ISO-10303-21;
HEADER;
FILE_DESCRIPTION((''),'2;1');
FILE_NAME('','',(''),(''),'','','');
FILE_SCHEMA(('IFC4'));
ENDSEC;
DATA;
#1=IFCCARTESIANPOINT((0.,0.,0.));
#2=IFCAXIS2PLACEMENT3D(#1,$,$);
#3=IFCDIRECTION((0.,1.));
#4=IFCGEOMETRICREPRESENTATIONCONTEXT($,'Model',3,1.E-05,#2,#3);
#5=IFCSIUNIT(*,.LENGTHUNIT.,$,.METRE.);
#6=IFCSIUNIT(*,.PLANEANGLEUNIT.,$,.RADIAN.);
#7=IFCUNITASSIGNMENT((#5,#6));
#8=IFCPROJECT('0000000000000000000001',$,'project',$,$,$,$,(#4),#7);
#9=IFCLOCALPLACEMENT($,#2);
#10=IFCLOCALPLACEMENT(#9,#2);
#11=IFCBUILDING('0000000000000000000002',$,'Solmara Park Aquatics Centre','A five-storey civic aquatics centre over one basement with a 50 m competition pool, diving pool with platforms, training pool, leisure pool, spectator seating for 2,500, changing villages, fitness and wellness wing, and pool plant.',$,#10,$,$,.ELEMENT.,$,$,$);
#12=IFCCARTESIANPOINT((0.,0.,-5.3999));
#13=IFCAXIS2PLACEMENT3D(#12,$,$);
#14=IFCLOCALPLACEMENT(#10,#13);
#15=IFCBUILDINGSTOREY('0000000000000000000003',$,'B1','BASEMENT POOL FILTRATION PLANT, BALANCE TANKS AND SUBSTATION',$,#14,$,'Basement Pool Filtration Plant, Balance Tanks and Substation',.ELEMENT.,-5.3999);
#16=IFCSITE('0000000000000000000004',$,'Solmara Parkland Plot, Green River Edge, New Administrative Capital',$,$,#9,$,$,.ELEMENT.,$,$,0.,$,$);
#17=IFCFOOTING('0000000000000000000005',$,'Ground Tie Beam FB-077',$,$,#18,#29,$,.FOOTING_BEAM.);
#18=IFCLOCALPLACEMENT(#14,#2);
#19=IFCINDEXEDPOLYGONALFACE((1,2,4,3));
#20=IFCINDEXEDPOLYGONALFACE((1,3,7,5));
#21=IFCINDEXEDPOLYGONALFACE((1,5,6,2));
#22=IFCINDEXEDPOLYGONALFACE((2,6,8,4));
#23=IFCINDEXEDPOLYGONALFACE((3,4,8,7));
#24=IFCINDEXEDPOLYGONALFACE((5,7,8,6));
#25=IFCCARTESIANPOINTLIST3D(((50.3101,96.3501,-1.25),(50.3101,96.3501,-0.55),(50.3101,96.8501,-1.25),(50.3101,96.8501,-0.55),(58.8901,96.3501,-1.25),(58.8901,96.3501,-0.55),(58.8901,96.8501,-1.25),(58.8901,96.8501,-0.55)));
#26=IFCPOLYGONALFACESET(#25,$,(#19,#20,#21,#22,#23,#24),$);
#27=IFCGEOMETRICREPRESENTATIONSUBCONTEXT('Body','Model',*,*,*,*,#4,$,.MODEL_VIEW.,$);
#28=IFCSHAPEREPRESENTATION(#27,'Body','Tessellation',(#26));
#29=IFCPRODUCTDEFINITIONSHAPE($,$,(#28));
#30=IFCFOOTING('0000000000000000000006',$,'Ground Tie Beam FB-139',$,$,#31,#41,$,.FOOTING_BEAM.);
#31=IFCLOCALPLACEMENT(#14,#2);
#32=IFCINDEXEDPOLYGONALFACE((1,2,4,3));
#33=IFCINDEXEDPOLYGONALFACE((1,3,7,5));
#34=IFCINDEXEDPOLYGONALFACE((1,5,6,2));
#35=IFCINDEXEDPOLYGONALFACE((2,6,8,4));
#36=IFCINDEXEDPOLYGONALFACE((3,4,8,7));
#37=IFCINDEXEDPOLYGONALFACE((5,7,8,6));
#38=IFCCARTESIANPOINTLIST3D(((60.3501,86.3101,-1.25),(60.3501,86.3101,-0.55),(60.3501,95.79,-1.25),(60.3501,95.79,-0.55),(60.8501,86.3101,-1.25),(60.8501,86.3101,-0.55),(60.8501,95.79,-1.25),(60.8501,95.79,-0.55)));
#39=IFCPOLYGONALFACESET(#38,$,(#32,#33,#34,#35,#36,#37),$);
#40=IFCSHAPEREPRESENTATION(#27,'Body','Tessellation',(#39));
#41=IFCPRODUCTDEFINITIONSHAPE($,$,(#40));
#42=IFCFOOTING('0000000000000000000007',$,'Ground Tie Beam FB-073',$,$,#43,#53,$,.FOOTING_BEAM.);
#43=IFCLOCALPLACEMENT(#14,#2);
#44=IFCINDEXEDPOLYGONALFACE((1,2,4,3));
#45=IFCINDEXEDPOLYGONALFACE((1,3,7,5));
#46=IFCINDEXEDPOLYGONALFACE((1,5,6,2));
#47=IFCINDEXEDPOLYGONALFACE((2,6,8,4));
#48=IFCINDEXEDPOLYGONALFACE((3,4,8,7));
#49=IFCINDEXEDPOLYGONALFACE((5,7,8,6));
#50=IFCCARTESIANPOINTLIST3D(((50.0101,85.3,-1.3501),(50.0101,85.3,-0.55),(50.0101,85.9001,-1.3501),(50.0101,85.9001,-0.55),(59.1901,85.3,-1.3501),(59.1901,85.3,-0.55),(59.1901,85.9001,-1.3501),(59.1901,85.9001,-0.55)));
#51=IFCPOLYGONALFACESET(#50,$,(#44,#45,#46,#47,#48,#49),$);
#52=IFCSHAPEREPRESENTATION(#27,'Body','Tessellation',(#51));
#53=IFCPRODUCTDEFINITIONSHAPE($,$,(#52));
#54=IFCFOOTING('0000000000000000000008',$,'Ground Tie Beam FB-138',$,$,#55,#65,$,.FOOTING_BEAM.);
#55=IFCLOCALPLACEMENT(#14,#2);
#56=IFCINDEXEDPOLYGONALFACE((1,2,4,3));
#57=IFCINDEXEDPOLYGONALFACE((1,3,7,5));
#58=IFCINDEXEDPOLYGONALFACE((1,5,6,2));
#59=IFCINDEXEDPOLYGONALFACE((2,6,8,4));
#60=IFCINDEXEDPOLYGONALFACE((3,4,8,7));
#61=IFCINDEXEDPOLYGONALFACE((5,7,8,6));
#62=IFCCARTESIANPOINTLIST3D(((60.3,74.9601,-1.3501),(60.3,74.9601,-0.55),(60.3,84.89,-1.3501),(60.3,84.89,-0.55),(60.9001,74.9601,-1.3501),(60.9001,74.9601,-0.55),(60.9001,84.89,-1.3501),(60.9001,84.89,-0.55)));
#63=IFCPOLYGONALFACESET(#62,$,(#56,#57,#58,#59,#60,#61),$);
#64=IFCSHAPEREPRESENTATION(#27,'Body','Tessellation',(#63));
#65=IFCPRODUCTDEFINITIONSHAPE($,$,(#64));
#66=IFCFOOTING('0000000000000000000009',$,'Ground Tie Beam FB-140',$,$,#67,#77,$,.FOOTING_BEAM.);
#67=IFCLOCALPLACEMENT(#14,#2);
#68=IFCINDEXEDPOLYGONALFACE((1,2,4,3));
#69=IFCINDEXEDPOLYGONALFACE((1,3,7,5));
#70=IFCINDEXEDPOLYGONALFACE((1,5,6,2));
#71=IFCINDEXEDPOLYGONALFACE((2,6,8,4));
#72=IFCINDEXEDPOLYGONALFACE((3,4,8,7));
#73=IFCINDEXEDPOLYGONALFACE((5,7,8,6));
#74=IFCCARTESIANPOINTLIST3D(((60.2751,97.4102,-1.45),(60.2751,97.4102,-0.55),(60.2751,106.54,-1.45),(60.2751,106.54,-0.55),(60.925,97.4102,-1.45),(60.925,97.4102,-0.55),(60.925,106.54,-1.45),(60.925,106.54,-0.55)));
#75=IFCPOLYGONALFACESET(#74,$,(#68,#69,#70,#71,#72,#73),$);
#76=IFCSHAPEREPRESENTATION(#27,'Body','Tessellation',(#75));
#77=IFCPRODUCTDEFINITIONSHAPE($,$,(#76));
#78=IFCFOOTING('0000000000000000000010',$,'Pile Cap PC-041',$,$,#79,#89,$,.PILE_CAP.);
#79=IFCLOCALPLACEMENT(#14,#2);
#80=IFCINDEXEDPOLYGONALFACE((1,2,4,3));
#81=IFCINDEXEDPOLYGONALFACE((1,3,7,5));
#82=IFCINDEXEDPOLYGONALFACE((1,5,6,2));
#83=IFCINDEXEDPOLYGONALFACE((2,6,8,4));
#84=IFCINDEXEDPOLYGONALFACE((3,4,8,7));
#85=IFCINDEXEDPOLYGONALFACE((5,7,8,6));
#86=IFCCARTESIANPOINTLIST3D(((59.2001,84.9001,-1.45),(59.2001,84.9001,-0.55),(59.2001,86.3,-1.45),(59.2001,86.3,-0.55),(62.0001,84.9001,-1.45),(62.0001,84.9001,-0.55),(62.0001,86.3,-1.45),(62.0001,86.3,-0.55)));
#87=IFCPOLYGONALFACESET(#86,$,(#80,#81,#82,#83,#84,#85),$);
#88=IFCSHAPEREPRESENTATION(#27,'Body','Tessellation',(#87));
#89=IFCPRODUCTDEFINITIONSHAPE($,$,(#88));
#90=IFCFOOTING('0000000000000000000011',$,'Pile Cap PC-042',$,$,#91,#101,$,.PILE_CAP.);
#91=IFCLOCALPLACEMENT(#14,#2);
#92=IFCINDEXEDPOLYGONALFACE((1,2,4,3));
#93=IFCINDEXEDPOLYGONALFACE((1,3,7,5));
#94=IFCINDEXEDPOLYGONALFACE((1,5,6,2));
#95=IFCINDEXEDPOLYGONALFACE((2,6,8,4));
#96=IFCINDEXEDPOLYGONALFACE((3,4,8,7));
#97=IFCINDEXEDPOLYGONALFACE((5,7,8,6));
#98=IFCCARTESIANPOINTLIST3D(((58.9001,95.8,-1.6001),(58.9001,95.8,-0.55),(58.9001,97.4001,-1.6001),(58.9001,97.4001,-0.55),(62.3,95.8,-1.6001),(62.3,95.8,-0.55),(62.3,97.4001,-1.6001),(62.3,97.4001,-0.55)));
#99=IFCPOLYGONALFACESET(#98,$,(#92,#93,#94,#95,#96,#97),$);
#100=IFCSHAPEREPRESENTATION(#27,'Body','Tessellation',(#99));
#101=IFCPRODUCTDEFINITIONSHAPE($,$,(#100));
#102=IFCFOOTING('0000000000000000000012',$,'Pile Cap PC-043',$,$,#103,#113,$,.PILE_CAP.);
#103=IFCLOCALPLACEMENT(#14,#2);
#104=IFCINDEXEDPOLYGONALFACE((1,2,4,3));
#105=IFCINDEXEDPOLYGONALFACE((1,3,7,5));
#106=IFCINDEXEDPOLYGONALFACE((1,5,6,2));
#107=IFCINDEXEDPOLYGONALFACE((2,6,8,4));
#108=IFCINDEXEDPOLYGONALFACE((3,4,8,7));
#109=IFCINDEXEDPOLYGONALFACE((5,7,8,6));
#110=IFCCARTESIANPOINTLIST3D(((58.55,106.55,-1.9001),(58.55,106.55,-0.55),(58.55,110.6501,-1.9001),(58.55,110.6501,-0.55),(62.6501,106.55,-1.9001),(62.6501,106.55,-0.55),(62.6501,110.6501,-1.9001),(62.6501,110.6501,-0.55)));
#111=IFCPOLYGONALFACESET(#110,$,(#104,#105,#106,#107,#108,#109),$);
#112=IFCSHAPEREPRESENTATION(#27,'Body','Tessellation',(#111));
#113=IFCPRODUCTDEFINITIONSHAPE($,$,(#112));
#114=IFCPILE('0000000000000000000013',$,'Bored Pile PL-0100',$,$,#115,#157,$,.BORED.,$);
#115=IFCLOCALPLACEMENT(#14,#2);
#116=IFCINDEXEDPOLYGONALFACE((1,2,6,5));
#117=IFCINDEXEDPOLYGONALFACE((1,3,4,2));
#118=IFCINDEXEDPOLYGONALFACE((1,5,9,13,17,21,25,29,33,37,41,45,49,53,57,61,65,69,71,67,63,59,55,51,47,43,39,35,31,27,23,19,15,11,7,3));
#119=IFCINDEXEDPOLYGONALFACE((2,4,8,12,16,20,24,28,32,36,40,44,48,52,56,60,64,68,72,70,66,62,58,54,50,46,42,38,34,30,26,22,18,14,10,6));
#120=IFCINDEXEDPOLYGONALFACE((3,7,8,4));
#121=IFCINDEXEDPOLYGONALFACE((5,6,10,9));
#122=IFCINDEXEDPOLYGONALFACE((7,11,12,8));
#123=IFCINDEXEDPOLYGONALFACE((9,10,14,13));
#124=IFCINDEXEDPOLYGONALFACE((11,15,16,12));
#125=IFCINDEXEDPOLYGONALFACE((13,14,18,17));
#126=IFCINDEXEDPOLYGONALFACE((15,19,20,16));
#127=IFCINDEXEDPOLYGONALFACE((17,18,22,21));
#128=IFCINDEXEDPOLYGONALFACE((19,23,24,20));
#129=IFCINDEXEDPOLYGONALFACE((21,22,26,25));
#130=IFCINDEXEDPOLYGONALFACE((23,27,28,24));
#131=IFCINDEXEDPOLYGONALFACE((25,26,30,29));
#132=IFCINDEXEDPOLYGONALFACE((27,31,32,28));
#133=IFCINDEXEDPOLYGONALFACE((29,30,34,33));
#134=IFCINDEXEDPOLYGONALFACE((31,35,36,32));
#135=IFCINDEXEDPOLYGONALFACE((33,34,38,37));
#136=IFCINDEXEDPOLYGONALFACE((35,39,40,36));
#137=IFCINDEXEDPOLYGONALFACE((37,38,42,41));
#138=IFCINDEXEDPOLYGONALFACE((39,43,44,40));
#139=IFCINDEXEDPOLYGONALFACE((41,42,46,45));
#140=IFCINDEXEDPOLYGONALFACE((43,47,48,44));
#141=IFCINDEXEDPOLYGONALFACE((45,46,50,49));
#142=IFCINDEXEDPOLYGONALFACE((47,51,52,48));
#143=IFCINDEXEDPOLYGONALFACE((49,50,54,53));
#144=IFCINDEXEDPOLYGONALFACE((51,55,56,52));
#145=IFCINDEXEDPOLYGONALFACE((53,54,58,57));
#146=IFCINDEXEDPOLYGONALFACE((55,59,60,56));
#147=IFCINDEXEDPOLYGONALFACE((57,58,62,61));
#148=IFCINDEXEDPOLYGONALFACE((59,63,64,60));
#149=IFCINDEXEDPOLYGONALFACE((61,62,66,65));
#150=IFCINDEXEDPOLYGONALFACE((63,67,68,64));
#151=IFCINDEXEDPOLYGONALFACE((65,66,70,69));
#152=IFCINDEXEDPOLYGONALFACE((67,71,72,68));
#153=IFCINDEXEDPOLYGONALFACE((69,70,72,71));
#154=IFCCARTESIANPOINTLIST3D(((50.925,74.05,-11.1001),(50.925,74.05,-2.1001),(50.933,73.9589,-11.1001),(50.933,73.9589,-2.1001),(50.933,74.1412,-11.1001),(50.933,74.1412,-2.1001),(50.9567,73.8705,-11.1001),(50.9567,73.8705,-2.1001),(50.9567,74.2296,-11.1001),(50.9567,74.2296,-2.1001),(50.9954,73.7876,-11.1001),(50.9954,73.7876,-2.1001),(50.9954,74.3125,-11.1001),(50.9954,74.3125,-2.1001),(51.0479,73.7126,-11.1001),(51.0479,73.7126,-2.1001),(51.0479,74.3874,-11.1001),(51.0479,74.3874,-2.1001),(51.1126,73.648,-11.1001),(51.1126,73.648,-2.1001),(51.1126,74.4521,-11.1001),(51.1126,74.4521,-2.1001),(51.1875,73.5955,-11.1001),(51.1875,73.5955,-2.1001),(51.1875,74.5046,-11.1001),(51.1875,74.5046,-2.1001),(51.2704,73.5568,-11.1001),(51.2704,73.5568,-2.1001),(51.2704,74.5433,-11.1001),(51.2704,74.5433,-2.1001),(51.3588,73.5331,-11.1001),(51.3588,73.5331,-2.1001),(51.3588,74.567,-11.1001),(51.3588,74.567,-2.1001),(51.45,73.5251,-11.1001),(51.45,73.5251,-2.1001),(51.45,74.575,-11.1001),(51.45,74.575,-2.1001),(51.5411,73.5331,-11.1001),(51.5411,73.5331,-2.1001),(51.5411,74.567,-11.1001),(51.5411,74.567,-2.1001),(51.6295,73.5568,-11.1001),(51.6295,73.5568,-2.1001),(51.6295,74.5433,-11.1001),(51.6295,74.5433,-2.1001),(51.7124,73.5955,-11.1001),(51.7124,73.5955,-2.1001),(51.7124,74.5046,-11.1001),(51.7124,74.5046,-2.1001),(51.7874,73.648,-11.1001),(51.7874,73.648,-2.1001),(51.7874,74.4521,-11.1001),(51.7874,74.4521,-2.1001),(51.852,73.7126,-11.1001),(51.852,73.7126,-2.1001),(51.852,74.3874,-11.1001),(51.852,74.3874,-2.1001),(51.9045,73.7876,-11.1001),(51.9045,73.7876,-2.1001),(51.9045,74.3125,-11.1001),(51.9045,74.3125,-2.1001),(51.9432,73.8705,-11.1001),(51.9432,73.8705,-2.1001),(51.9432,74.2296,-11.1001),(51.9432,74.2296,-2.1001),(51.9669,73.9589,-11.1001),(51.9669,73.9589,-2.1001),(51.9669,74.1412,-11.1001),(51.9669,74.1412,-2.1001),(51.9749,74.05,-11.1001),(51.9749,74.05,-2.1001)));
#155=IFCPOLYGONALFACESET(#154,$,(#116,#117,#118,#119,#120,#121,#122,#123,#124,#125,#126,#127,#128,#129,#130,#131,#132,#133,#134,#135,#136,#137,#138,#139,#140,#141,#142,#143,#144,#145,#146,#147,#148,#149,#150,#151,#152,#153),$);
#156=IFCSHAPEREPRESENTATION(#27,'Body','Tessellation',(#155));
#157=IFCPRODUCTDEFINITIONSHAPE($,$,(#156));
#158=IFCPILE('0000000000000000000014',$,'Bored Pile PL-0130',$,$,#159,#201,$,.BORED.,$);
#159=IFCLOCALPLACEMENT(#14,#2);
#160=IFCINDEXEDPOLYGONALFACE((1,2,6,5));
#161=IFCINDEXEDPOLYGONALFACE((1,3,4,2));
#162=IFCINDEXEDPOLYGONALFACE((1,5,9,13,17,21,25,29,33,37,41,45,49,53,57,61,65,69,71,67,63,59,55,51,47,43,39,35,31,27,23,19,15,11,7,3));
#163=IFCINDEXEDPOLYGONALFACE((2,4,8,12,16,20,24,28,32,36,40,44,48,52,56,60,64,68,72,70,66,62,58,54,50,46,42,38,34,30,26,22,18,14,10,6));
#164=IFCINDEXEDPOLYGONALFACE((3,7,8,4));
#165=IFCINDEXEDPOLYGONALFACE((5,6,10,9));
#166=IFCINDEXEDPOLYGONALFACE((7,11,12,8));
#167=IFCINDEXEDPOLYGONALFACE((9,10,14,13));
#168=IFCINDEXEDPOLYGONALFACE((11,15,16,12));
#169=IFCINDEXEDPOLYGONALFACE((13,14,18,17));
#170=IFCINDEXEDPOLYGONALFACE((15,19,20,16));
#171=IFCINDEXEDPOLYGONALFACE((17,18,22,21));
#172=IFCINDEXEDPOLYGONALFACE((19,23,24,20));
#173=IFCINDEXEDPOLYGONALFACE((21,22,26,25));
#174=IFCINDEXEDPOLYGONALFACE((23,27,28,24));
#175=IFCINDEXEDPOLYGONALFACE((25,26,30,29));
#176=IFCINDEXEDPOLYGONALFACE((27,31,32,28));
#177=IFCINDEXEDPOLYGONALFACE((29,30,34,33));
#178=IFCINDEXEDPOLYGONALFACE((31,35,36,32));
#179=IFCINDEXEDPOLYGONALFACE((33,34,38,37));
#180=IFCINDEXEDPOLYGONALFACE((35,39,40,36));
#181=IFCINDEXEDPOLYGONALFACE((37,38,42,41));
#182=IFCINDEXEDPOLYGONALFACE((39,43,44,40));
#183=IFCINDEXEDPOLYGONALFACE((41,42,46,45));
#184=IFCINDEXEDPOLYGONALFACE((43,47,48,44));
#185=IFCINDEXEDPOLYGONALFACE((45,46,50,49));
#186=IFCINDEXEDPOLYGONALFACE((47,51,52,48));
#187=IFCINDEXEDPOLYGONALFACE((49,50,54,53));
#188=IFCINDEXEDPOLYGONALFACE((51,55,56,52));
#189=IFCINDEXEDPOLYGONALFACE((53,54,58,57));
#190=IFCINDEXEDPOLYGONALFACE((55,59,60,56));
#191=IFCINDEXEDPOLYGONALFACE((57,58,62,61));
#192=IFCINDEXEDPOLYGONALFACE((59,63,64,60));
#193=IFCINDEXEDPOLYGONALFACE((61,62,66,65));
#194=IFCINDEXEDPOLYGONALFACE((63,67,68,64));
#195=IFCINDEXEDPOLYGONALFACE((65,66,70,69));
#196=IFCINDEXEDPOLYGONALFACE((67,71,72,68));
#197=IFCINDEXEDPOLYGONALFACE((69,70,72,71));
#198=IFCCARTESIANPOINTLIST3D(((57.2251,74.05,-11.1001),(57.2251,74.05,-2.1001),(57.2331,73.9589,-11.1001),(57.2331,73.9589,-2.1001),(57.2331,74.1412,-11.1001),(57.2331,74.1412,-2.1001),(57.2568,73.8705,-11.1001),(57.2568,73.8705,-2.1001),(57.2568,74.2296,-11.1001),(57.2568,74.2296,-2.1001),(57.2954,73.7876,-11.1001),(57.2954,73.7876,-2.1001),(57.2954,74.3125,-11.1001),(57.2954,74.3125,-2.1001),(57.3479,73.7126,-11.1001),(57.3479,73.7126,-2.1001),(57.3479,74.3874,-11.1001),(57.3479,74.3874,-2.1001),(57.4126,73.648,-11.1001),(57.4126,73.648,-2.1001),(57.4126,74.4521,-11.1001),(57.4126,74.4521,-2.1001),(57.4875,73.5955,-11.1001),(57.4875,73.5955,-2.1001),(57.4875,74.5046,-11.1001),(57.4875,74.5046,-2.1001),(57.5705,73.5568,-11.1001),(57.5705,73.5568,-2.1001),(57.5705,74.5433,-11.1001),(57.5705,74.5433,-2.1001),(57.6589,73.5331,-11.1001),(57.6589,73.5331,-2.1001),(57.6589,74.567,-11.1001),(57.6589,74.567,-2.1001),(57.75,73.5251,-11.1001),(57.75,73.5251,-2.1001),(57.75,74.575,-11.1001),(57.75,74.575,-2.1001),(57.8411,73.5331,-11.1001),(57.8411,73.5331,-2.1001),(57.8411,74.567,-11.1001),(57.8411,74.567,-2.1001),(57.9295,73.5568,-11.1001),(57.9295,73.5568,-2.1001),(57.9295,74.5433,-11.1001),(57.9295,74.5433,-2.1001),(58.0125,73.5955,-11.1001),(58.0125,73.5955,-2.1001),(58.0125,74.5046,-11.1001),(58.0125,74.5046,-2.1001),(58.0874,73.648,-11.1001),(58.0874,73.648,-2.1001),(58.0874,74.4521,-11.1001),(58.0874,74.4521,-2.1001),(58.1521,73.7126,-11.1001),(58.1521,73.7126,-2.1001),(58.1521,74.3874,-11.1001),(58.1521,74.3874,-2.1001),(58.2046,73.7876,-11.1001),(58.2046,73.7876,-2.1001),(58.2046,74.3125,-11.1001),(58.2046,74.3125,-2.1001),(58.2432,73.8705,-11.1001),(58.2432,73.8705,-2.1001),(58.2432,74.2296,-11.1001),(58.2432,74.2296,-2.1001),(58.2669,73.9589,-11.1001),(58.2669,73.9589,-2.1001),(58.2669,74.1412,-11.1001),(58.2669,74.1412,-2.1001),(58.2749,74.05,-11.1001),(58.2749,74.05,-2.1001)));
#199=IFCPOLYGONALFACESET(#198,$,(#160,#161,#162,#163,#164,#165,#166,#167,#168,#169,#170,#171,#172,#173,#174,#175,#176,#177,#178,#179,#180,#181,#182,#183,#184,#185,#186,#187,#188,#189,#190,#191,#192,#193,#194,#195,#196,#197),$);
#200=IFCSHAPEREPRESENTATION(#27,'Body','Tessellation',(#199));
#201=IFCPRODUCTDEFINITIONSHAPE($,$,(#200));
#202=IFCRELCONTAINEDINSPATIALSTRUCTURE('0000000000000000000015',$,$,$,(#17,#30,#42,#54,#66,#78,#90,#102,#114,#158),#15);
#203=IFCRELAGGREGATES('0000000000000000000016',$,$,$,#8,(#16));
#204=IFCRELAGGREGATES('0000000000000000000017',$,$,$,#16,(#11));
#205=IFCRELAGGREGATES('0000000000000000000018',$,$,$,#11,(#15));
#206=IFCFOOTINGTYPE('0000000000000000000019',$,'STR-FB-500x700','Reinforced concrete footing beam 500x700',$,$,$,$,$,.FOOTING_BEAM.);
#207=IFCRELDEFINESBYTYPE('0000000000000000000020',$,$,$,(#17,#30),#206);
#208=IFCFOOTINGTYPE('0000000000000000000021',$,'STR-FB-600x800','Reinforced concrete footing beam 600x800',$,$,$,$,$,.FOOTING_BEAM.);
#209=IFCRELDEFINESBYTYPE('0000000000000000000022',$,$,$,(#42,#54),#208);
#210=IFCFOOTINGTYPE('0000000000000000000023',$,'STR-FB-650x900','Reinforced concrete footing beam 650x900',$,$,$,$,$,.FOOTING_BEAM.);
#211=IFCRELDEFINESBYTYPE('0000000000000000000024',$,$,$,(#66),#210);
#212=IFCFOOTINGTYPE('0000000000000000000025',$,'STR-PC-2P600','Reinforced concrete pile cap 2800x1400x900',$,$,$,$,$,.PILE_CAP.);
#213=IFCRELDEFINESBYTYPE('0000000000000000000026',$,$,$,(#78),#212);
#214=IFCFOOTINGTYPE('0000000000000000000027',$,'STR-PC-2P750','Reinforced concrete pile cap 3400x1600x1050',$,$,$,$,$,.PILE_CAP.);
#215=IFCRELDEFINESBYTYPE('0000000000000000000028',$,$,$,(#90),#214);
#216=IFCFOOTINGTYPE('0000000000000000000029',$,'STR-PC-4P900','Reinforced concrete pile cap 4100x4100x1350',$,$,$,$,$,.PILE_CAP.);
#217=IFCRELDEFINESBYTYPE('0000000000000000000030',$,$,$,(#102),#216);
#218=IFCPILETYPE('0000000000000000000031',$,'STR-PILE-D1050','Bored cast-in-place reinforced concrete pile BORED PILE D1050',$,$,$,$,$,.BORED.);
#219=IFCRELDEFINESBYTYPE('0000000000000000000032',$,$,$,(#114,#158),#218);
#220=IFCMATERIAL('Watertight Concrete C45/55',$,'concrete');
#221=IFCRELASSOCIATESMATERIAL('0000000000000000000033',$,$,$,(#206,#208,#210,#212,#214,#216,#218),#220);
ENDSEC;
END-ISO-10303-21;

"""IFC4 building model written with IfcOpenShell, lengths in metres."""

from ifc_helpers import new_model, si_unit, direction, frame, origin, origin_2d, place, context, subcontext, project, spatial, rectangle, circle, extrude, material, material_profile, profile_set, type_object, element, save


model = new_model("IFC4")

# Units and contexts
model_context = context("Model", 3, precision=1e-05, world=origin(), true_north=direction((0.0, 1.0)))
body_context = subcontext(model_context, "Body", "Model", "MODEL_VIEW")
ifc_project = project(units=[si_unit("LENGTHUNIT", "METRE"), si_unit("PLANEANGLEUNIT", "RADIAN")], contexts=[model_context])

# Site, building, storey
site_placement = place(None, origin())
site = spatial("IfcSite", under=ifc_project, at=site_placement, Name="Solmara Parkland Plot, Green River Edge, New Administrative Capital", CompositionType="ELEMENT", RefElevation=0.0)
building_placement = place(site_placement, origin())
building = spatial("IfcBuilding", under=site, at=building_placement, Name="Solmara Park Aquatics Centre", Description="A five-storey civic aquatics centre over one basement with a 50 m competition pool, diving pool with platforms, training pool, leisure pool, spectator seating for 2,500, changing villages, fitness and wellness wing, and pool plant.", CompositionType="ELEMENT")
storey_placement = place(building_placement, frame((0.0, 0.0, -5.3999)))
storey = spatial("IfcBuildingStorey", under=building, at=storey_placement, Name="B1", Description="BASEMENT POOL FILTRATION PLANT, BALANCE TANKS AND SUBSTATION", LongName="Basement Pool Filtration Plant, Balance Tanks and Substation", CompositionType="ELEMENT", Elevation=-5.3999)

# Footings
ifc_material_1 = material(Name="Watertight Concrete C45/55", Category="concrete")
footing_type_1 = type_object("IfcFootingType", Name="STR-FB-500x700", Description="Reinforced concrete footing beam 500x700", PredefinedType="FOOTING_BEAM", material=ifc_material_1)
footing_1_placement = place(storey_placement, frame((54.6001, 96.6001, -1.25), z_axis=(0.0, 0.0, 1.0), x_axis=(1.0, 0.0, 0.0)))
element("IfcFooting", 1, at=footing_1_placement, inside=storey, type_object=footing_type_1, Name="Ground Tie Beam FB-077", PredefinedType="FOOTING_BEAM", context=body_context, shape_type="SweptSolid", body=[
    extrude(rectangle(XDim=8.5801, YDim=0.5, at=origin_2d()), origin(), (0.0, 0.0, 1.0), 0.7),
])
footing_2_placement = place(storey_placement, frame((60.6001, 91.05, -1.25), z_axis=(0.0, 0.0, 1.0), x_axis=(1.0, 0.0, 0.0)))
element("IfcFooting", 2, at=footing_2_placement, inside=storey, type_object=footing_type_1, Name="Ground Tie Beam FB-139", PredefinedType="FOOTING_BEAM", context=body_context, shape_type="SweptSolid", body=[
    extrude(rectangle(XDim=0.5, YDim=9.48, at=origin_2d()), origin(), (0.0, 0.0, 1.0), 0.7),
])
footing_type_2 = type_object("IfcFootingType", Name="STR-FB-600x800", Description="Reinforced concrete footing beam 600x800", PredefinedType="FOOTING_BEAM", material=ifc_material_1)
footing_3_placement = place(storey_placement, frame((54.6001, 85.6001, -1.3501), z_axis=(0.0, 0.0, 1.0), x_axis=(1.0, 0.0, 0.0)))
element("IfcFooting", 3, at=footing_3_placement, inside=storey, type_object=footing_type_2, Name="Ground Tie Beam FB-073", PredefinedType="FOOTING_BEAM", context=body_context, shape_type="SweptSolid", body=[
    extrude(rectangle(XDim=9.1799, YDim=0.6001, at=origin_2d()), origin(), (0.0, 0.0, 1.0), 0.8),
])
footing_4_placement = place(storey_placement, frame((60.6001, 79.925, -1.3501), z_axis=(0.0, 0.0, 1.0), x_axis=(1.0, 0.0, 0.0)))
element("IfcFooting", 4, at=footing_4_placement, inside=storey, type_object=footing_type_2, Name="Ground Tie Beam FB-138", PredefinedType="FOOTING_BEAM", context=body_context, shape_type="SweptSolid", body=[
    extrude(rectangle(XDim=0.6001, YDim=9.9299, at=origin_2d()), origin(), (0.0, 0.0, 1.0), 0.8),
])
footing_type_3 = type_object("IfcFootingType", Name="STR-FB-650x900", Description="Reinforced concrete footing beam 650x900", PredefinedType="FOOTING_BEAM", material=ifc_material_1)
footing_5_placement = place(storey_placement, frame((60.6001, 101.9751, -1.45), z_axis=(0.0, 0.0, 1.0), x_axis=(1.0, 0.0, 0.0)))
element("IfcFooting", 5, at=footing_5_placement, inside=storey, type_object=footing_type_3, Name="Ground Tie Beam FB-140", PredefinedType="FOOTING_BEAM", context=body_context, shape_type="SweptSolid", body=[
    extrude(rectangle(XDim=0.6499, YDim=9.1299, at=origin_2d()), origin(), (0.0, 0.0, 1.0), 0.8999),
])
footing_type_4 = type_object("IfcFootingType", Name="STR-PC-2P600", Description="Reinforced concrete pile cap 2800x1400x900", PredefinedType="PILE_CAP", material=ifc_material_1)
footing_6_placement = place(storey_placement, frame((60.6001, 85.6001, -1.45), z_axis=(0.0, 0.0, 1.0), x_axis=(1.0, 0.0, 0.0)))
element("IfcFooting", 6, at=footing_6_placement, inside=storey, type_object=footing_type_4, Name="Pile Cap PC-041", PredefinedType="PILE_CAP", context=body_context, shape_type="SweptSolid", body=[
    extrude(rectangle(XDim=2.8, YDim=1.3999, at=origin_2d()), origin(), (0.0, 0.0, 1.0), 0.8999),
])
footing_type_5 = type_object("IfcFootingType", Name="STR-PC-2P750", Description="Reinforced concrete pile cap 3400x1600x1050", PredefinedType="PILE_CAP", material=ifc_material_1)
footing_7_placement = place(storey_placement, frame((60.6001, 96.6001, -1.6001), z_axis=(0.0, 0.0, 1.0), x_axis=(1.0, 0.0, 0.0)))
element("IfcFooting", 7, at=footing_7_placement, inside=storey, type_object=footing_type_5, Name="Pile Cap PC-042", PredefinedType="PILE_CAP", context=body_context, shape_type="SweptSolid", body=[
    extrude(rectangle(XDim=3.3999, YDim=1.6001, at=origin_2d()), origin(), (0.0, 0.0, 1.0), 1.05),
])
footing_type_6 = type_object("IfcFootingType", Name="STR-PC-4P900", Description="Reinforced concrete pile cap 4100x4100x1350", PredefinedType="PILE_CAP", material=ifc_material_1)
footing_8_placement = place(storey_placement, frame((60.6001, 108.6001, -1.9001), z_axis=(0.0, 0.0, 1.0), x_axis=(1.0, 0.0, 0.0)))
element("IfcFooting", 8, at=footing_8_placement, inside=storey, type_object=footing_type_6, Name="Pile Cap PC-043", PredefinedType="PILE_CAP", context=body_context, shape_type="SweptSolid", body=[
    extrude(rectangle(XDim=4.1001, YDim=4.1001, at=origin_2d()), origin(), (0.0, 0.0, 1.0), 1.3501),
])

# Piles
ifc_material_profile_1 = material_profile(ifc_material_1, circle(Radius=0.5249, at=origin_2d()), Name="BORED PILE D1050")
ifc_profile_set_1 = profile_set([ifc_material_profile_1], Name="Watertight Concrete C45/55")
pile_type_1 = type_object("IfcPileType", Name="STR-PILE-D1050", Description="Bored cast-in-place reinforced concrete pile BORED PILE D1050", PredefinedType="BORED", material=ifc_profile_set_1)
for number, where, z_axis, x_axis, name in (
    (9, (51.45, 74.05, -2.1001), (0.0, 0.0, -1.0), (1.0, 0.0, 0.0), "Bored Pile PL-0100"),
    (10, (57.75, 74.05, -2.1001), (0.0, 0.0, -1.0), (1.0, 0.0, 0.0), "Bored Pile PL-0130"),
):
    element("IfcPile", number, at=place(storey_placement, frame(where, z_axis=z_axis, x_axis=x_axis)), inside=storey, type_object=pile_type_1, Name=name, PredefinedType="BORED", context=body_context, shape_type="SweptSolid", body=[
        extrude(circle(Radius=0.5249, at=origin_2d()), origin(), (0.0, 0.0, 1.0), 9.0),
    ])

save(model, "model.ifc")
